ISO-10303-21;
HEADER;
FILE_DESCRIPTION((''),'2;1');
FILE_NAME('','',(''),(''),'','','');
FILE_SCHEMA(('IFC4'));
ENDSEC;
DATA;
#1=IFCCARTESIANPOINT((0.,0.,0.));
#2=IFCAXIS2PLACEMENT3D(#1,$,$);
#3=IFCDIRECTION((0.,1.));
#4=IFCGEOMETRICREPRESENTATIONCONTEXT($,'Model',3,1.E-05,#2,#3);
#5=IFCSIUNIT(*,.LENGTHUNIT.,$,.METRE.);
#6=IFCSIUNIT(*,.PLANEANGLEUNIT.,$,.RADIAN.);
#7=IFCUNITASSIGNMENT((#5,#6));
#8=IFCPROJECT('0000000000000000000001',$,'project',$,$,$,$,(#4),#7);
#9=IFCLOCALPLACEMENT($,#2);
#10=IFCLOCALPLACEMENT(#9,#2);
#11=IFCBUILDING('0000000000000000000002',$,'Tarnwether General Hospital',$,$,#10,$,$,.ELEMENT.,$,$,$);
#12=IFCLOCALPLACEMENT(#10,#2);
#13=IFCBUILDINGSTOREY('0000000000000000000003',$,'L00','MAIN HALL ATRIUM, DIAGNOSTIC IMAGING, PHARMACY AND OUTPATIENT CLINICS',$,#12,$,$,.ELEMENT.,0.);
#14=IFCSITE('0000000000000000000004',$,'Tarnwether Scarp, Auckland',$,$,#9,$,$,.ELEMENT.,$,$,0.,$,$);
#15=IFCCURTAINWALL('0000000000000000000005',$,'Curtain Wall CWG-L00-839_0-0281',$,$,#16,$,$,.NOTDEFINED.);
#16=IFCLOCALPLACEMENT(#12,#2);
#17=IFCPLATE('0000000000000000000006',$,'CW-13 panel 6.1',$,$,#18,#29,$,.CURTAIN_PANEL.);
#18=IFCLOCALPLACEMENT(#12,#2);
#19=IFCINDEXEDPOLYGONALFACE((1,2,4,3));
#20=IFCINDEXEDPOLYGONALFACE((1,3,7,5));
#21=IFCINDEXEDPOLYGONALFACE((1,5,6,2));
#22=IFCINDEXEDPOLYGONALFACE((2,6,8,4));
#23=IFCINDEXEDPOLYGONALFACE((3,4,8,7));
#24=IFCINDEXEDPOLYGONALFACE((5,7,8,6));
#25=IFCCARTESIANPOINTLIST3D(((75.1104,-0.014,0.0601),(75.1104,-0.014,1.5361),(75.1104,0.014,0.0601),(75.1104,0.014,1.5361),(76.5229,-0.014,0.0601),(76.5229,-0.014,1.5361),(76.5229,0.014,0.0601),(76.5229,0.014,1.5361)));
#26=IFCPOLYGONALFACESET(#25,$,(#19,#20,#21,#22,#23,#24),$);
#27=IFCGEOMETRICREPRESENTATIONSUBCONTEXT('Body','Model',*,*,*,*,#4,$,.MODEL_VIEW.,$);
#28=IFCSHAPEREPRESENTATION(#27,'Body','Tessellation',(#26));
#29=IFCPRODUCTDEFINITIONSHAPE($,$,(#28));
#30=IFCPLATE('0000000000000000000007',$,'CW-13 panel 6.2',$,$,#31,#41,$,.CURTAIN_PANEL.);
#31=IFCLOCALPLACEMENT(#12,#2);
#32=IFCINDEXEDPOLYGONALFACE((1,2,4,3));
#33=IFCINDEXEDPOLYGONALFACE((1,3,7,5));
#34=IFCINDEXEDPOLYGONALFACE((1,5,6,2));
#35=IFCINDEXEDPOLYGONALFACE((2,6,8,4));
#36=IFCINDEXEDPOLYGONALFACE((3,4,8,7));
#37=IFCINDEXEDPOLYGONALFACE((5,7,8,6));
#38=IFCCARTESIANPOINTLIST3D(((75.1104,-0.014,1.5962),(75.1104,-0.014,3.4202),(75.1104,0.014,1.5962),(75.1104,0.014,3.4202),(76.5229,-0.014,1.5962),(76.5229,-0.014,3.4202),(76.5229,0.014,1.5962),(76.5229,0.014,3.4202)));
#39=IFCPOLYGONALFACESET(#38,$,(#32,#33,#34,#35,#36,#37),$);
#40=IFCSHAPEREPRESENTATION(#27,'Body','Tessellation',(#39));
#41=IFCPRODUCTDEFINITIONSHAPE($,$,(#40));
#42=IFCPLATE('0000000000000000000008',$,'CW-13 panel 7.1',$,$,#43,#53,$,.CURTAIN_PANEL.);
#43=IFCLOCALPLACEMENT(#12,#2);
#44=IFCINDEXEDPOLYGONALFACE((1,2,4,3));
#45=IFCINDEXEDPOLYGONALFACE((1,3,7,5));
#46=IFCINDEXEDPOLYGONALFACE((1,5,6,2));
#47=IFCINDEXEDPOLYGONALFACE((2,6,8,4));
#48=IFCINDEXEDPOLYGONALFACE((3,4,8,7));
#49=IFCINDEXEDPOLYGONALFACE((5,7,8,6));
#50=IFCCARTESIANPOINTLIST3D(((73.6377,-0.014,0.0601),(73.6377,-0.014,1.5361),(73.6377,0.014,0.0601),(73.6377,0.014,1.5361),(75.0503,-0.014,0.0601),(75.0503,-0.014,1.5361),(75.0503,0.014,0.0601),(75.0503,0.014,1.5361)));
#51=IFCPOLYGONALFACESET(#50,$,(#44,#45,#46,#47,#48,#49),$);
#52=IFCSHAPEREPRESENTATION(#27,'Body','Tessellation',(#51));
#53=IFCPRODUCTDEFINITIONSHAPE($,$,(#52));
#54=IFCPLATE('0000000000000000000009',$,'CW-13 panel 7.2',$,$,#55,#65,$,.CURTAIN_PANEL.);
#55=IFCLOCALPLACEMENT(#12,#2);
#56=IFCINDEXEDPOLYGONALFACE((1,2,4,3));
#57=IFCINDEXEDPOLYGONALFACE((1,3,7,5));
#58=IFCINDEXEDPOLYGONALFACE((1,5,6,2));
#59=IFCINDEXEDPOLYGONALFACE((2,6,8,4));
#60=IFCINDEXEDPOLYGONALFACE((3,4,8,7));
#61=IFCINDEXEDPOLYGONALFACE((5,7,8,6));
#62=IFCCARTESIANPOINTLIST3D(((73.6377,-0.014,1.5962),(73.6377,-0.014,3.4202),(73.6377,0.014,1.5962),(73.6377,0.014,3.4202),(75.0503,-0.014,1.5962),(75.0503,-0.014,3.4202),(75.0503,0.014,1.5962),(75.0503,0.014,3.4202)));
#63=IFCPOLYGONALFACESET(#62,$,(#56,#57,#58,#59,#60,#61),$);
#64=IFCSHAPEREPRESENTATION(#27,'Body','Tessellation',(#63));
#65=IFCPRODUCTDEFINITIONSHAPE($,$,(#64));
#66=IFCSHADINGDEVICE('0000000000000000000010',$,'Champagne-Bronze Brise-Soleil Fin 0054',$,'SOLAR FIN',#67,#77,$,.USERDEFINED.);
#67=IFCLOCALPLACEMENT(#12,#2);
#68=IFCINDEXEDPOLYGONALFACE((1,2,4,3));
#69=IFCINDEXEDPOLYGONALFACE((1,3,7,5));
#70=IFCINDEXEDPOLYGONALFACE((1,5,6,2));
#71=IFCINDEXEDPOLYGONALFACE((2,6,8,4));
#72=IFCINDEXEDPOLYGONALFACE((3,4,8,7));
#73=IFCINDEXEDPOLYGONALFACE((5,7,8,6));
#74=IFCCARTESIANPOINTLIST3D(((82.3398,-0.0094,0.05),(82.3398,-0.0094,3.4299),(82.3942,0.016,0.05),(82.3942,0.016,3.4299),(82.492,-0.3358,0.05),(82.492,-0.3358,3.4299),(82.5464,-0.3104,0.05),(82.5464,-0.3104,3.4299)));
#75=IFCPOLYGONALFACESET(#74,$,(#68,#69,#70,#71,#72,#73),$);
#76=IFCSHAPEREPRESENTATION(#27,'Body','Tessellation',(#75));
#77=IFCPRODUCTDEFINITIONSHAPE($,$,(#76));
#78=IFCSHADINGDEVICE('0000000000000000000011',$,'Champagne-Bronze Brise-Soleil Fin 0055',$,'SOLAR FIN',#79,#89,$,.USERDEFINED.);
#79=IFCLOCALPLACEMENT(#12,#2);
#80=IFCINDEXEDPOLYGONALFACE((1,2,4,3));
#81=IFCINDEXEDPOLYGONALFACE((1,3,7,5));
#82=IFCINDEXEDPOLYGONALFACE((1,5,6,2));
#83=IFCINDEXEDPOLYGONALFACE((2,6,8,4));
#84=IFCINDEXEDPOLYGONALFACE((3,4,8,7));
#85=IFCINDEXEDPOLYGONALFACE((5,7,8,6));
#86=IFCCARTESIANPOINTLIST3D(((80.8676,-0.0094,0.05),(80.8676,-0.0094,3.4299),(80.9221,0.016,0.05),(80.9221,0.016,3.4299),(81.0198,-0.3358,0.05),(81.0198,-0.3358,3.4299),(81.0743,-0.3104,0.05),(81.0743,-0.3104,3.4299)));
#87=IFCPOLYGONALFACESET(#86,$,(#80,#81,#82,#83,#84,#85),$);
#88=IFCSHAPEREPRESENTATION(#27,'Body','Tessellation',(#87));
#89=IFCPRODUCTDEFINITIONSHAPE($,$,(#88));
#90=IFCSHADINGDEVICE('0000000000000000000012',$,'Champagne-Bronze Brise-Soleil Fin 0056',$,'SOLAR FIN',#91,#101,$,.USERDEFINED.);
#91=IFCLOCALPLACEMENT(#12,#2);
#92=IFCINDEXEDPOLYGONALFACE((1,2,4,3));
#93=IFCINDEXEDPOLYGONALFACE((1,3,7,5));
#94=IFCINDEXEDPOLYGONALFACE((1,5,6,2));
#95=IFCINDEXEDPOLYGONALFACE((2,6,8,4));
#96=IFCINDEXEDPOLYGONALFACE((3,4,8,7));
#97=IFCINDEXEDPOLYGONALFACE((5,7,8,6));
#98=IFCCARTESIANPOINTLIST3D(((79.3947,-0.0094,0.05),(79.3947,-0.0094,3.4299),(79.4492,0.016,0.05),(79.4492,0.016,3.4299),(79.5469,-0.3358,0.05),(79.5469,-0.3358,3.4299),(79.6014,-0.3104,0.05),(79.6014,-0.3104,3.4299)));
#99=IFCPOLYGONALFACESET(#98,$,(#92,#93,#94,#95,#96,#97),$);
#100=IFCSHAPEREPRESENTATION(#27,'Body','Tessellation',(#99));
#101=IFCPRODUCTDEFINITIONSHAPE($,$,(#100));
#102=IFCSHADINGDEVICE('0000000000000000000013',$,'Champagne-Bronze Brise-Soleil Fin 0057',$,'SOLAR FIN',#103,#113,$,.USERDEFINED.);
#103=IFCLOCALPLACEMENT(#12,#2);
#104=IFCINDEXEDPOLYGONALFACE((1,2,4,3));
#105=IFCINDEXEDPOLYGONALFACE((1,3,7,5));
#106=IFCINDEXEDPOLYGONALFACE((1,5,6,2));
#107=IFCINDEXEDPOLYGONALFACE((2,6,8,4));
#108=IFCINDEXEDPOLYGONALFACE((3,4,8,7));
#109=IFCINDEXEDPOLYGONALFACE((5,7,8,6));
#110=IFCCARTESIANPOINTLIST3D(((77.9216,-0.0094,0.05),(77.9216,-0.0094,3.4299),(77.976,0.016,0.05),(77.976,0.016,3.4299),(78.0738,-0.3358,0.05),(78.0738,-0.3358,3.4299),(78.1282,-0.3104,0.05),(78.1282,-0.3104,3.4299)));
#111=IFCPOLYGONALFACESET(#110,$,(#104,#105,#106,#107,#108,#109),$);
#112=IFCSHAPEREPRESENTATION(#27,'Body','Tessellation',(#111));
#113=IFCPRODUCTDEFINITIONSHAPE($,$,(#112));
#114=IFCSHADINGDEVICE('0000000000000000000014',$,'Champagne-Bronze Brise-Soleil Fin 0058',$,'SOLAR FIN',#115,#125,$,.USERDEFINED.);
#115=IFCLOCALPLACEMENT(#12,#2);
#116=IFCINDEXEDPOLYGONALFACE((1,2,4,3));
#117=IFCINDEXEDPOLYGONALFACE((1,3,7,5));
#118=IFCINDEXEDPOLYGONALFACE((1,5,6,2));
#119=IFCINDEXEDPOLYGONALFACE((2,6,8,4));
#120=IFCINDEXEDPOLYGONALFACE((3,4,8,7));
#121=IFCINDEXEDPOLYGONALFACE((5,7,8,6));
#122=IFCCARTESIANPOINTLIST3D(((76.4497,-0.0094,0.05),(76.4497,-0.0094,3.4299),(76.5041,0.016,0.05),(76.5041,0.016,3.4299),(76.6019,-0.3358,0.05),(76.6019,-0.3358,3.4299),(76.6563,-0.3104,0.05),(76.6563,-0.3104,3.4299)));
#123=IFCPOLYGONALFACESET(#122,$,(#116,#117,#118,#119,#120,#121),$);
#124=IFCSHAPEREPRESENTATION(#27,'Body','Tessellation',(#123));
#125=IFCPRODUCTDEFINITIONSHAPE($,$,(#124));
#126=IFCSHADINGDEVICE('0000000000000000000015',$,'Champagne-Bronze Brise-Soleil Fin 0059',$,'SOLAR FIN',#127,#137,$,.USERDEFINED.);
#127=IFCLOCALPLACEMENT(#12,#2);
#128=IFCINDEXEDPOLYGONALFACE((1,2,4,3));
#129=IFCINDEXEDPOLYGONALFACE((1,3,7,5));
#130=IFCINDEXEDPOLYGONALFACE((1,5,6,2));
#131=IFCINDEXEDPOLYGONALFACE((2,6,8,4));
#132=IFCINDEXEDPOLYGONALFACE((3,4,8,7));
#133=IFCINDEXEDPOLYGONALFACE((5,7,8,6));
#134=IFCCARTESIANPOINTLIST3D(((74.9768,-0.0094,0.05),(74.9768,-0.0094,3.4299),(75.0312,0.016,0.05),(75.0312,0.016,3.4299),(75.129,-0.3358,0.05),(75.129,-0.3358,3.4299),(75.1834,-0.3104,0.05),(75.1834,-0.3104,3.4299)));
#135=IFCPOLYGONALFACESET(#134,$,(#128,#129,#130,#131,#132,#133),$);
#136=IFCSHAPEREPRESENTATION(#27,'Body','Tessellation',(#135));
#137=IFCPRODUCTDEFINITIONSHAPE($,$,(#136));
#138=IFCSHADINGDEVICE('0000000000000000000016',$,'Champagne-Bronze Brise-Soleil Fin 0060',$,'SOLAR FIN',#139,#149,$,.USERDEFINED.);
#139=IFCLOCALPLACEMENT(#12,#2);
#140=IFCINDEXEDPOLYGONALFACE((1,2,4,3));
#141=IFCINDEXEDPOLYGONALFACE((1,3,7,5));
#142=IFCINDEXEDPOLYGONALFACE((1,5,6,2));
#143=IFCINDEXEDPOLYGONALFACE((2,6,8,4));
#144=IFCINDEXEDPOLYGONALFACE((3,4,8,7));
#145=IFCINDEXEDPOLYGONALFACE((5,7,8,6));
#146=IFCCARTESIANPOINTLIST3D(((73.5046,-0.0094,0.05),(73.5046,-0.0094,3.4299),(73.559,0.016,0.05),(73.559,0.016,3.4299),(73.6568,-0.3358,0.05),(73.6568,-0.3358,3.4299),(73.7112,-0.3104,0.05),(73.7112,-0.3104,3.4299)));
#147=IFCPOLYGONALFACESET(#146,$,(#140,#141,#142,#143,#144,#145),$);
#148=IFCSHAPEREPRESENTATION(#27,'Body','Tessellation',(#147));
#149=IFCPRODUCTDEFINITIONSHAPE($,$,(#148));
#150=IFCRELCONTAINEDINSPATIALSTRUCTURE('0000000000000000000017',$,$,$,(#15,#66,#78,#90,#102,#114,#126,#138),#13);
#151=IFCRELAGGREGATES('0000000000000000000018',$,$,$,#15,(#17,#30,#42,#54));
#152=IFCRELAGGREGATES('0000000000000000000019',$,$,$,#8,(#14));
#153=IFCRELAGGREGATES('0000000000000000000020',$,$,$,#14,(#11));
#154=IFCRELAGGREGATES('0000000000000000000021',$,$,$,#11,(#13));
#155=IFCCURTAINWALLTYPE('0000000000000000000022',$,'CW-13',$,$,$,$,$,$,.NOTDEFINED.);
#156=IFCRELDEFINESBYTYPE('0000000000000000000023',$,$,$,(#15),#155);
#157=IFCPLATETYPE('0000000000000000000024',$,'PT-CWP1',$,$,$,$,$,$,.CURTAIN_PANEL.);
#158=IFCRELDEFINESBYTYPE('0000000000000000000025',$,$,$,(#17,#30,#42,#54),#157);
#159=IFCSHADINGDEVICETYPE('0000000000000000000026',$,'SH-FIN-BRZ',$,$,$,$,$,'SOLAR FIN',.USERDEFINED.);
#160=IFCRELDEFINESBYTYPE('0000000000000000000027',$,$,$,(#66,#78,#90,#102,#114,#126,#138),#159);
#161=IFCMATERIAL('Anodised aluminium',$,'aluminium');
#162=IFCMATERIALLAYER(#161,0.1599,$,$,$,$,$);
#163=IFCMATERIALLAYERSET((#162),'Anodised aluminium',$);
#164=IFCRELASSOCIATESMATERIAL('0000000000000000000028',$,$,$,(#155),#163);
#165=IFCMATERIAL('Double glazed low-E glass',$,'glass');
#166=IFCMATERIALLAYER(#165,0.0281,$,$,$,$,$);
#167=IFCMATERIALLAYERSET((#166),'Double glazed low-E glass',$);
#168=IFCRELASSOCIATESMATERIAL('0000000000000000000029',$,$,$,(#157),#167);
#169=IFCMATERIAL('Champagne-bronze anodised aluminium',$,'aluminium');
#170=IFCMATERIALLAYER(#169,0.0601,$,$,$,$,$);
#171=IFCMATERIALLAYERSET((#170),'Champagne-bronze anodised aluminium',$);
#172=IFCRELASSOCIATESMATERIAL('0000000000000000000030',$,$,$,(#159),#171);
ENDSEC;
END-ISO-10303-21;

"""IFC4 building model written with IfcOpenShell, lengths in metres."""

from ifc_helpers import new_model, si_unit, direction, frame, origin, origin_2d, place, context, subcontext, project, spatial, rectangle, extrude, material, layer, layer_set, type_object, element, aggregate, save


model = new_model("IFC4")

# Units and contexts
model_context = context("Model", 3, precision=1e-05, world=origin(), true_north=direction((0.0, 1.0)))
body_context = subcontext(model_context, "Body", "Model", "MODEL_VIEW")
ifc_project = project(units=[si_unit("LENGTHUNIT", "METRE"), si_unit("PLANEANGLEUNIT", "RADIAN")], contexts=[model_context])

# Site, building, storey
site_placement = place(None, origin())
site = spatial("IfcSite", under=ifc_project, at=site_placement, Name="Tarnwether Scarp, Auckland", CompositionType="ELEMENT", RefElevation=0.0)
building_placement = place(site_placement, origin())
building = spatial("IfcBuilding", under=site, at=building_placement, Name="Tarnwether General Hospital", CompositionType="ELEMENT")
storey_placement = place(building_placement, origin())
storey = spatial("IfcBuildingStorey", under=building, at=storey_placement, Name="L00", Description="MAIN HALL ATRIUM, DIAGNOSTIC IMAGING, PHARMACY AND OUTPATIENT CLINICS", CompositionType="ELEMENT", Elevation=0.0)

# Curtain wall, plates
ifc_material_1 = material(Name="Anodised aluminium", Category="aluminium")
ifc_layer_1 = layer(ifc_material_1, 0.1599)
ifc_layer_set_1 = layer_set([ifc_layer_1], Name="Anodised aluminium")
curtain_wall_type = type_object("IfcCurtainWallType", Name="CW-13", PredefinedType="NOTDEFINED", material=ifc_layer_set_1)
curtain_wall_placement = place(storey_placement, origin())
curtain_wall = element("IfcCurtainWall", 1, at=curtain_wall_placement, inside=storey, type_object=curtain_wall_type, Name="Curtain Wall CWG-L00-839_0-0281", PredefinedType="NOTDEFINED")
ifc_material_2 = material(Name="Double glazed low-E glass", Category="glass")
ifc_layer_2 = layer(ifc_material_2, 0.0281)
ifc_layer_set_2 = layer_set([ifc_layer_2], Name="Double glazed low-E glass")
plate_type = type_object("IfcPlateType", Name="PT-CWP1", PredefinedType="CURTAIN_PANEL", material=ifc_layer_set_2)
plate_1_placement = place(storey_placement, frame((75.8167, 0.0, 0.0601), z_axis=(0.0, 0.0, 1.0), x_axis=(-1.0, 0.0, 0.0)))
plate_1 = element("IfcPlate", 2, at=plate_1_placement, type_object=plate_type, Name="CW-13 panel 6.1", PredefinedType="CURTAIN_PANEL", context=body_context, shape_type="SweptSolid", body=[
    extrude(rectangle(XDim=1.4126, YDim=0.0281, at=origin_2d()), origin(), (0.0, 0.0, 1.0), 1.4761),
])
plate_2_placement = place(storey_placement, frame((75.8167, 0.0, 1.5962), z_axis=(0.0, 0.0, 1.0), x_axis=(-1.0, 0.0, 0.0)))
plate_2 = element("IfcPlate", 3, at=plate_2_placement, type_object=plate_type, Name="CW-13 panel 6.2", PredefinedType="CURTAIN_PANEL", context=body_context, shape_type="SweptSolid", body=[
    extrude(rectangle(XDim=1.4126, YDim=0.0281, at=origin_2d()), origin(), (0.0, 0.0, 1.0), 1.824),
])
plate_3_placement = place(storey_placement, frame((74.344, 0.0, 0.0601), z_axis=(0.0, 0.0, 1.0), x_axis=(-1.0, 0.0, 0.0)))
plate_3 = element("IfcPlate", 4, at=plate_3_placement, type_object=plate_type, Name="CW-13 panel 7.1", PredefinedType="CURTAIN_PANEL", context=body_context, shape_type="SweptSolid", body=[
    extrude(rectangle(XDim=1.4126, YDim=0.0281, at=origin_2d()), origin(), (0.0, 0.0, 1.0), 1.4761),
])
plate_4_placement = place(storey_placement, frame((74.344, 0.0, 1.5962), z_axis=(0.0, 0.0, 1.0), x_axis=(-1.0, 0.0, 0.0)))
plate_4 = element("IfcPlate", 5, at=plate_4_placement, type_object=plate_type, Name="CW-13 panel 7.2", PredefinedType="CURTAIN_PANEL", context=body_context, shape_type="SweptSolid", body=[
    extrude(rectangle(XDim=1.4126, YDim=0.0281, at=origin_2d()), origin(), (0.0, 0.0, 1.0), 1.824),
])
aggregate(curtain_wall, [plate_1, plate_2, plate_3, plate_4])

# Shading devices
ifc_material_3 = material(Name="Champagne-bronze anodised aluminium", Category="aluminium")
ifc_layer_3 = layer(ifc_material_3, 0.0601)
ifc_layer_set_3 = layer_set([ifc_layer_3], Name="Champagne-bronze anodised aluminium")
shading_device_type = type_object("IfcShadingDeviceType", Name="SH-FIN-BRZ", ElementType="SOLAR FIN", PredefinedType="USERDEFINED", material=ifc_layer_set_3)
for number, where, z_axis, x_axis, name in (
    (6, (82.4431, -0.1599, 0.05), (0.0, 0.0, 1.0), (-0.906308, -0.422618, 0.0), "Champagne-Bronze Brise-Soleil Fin 0054"),
    (7, (80.9709, -0.1599, 0.05), (0.0, 0.0, 1.0), (-0.906308, -0.422618, 0.0), "Champagne-Bronze Brise-Soleil Fin 0055"),
    (8, (79.498, -0.1599, 0.05), (0.0, 0.0, 1.0), (-0.906308, -0.422618, 0.0), "Champagne-Bronze Brise-Soleil Fin 0056"),
    (9, (78.0249, -0.1599, 0.05), (0.0, 0.0, 1.0), (-0.906308, -0.422618, 0.0), "Champagne-Bronze Brise-Soleil Fin 0057"),
    (10, (76.553, -0.1599, 0.05), (0.0, 0.0, 1.0), (-0.906308, -0.422618, 0.0), "Champagne-Bronze Brise-Soleil Fin 0058"),
    (11, (75.0801, -0.1599, 0.05), (0.0, 0.0, 1.0), (-0.906308, -0.422618, 0.0), "Champagne-Bronze Brise-Soleil Fin 0059"),
    (12, (73.6079, -0.1599, 0.05), (0.0, 0.0, 1.0), (-0.906308, -0.422618, 0.0), "Champagne-Bronze Brise-Soleil Fin 0060"),
):
    element("IfcShadingDevice", number, at=place(storey_placement, frame(where, z_axis=z_axis, x_axis=x_axis)), inside=storey, type_object=shading_device_type, Name=name, ObjectType="SOLAR FIN", PredefinedType="USERDEFINED", context=body_context, shape_type="SweptSolid", body=[
        extrude(rectangle(XDim=0.0601, YDim=0.3601, at=origin_2d()), origin(), (0.0, 0.0, 1.0), 3.3799),
    ])

save(model, "model.ifc")
